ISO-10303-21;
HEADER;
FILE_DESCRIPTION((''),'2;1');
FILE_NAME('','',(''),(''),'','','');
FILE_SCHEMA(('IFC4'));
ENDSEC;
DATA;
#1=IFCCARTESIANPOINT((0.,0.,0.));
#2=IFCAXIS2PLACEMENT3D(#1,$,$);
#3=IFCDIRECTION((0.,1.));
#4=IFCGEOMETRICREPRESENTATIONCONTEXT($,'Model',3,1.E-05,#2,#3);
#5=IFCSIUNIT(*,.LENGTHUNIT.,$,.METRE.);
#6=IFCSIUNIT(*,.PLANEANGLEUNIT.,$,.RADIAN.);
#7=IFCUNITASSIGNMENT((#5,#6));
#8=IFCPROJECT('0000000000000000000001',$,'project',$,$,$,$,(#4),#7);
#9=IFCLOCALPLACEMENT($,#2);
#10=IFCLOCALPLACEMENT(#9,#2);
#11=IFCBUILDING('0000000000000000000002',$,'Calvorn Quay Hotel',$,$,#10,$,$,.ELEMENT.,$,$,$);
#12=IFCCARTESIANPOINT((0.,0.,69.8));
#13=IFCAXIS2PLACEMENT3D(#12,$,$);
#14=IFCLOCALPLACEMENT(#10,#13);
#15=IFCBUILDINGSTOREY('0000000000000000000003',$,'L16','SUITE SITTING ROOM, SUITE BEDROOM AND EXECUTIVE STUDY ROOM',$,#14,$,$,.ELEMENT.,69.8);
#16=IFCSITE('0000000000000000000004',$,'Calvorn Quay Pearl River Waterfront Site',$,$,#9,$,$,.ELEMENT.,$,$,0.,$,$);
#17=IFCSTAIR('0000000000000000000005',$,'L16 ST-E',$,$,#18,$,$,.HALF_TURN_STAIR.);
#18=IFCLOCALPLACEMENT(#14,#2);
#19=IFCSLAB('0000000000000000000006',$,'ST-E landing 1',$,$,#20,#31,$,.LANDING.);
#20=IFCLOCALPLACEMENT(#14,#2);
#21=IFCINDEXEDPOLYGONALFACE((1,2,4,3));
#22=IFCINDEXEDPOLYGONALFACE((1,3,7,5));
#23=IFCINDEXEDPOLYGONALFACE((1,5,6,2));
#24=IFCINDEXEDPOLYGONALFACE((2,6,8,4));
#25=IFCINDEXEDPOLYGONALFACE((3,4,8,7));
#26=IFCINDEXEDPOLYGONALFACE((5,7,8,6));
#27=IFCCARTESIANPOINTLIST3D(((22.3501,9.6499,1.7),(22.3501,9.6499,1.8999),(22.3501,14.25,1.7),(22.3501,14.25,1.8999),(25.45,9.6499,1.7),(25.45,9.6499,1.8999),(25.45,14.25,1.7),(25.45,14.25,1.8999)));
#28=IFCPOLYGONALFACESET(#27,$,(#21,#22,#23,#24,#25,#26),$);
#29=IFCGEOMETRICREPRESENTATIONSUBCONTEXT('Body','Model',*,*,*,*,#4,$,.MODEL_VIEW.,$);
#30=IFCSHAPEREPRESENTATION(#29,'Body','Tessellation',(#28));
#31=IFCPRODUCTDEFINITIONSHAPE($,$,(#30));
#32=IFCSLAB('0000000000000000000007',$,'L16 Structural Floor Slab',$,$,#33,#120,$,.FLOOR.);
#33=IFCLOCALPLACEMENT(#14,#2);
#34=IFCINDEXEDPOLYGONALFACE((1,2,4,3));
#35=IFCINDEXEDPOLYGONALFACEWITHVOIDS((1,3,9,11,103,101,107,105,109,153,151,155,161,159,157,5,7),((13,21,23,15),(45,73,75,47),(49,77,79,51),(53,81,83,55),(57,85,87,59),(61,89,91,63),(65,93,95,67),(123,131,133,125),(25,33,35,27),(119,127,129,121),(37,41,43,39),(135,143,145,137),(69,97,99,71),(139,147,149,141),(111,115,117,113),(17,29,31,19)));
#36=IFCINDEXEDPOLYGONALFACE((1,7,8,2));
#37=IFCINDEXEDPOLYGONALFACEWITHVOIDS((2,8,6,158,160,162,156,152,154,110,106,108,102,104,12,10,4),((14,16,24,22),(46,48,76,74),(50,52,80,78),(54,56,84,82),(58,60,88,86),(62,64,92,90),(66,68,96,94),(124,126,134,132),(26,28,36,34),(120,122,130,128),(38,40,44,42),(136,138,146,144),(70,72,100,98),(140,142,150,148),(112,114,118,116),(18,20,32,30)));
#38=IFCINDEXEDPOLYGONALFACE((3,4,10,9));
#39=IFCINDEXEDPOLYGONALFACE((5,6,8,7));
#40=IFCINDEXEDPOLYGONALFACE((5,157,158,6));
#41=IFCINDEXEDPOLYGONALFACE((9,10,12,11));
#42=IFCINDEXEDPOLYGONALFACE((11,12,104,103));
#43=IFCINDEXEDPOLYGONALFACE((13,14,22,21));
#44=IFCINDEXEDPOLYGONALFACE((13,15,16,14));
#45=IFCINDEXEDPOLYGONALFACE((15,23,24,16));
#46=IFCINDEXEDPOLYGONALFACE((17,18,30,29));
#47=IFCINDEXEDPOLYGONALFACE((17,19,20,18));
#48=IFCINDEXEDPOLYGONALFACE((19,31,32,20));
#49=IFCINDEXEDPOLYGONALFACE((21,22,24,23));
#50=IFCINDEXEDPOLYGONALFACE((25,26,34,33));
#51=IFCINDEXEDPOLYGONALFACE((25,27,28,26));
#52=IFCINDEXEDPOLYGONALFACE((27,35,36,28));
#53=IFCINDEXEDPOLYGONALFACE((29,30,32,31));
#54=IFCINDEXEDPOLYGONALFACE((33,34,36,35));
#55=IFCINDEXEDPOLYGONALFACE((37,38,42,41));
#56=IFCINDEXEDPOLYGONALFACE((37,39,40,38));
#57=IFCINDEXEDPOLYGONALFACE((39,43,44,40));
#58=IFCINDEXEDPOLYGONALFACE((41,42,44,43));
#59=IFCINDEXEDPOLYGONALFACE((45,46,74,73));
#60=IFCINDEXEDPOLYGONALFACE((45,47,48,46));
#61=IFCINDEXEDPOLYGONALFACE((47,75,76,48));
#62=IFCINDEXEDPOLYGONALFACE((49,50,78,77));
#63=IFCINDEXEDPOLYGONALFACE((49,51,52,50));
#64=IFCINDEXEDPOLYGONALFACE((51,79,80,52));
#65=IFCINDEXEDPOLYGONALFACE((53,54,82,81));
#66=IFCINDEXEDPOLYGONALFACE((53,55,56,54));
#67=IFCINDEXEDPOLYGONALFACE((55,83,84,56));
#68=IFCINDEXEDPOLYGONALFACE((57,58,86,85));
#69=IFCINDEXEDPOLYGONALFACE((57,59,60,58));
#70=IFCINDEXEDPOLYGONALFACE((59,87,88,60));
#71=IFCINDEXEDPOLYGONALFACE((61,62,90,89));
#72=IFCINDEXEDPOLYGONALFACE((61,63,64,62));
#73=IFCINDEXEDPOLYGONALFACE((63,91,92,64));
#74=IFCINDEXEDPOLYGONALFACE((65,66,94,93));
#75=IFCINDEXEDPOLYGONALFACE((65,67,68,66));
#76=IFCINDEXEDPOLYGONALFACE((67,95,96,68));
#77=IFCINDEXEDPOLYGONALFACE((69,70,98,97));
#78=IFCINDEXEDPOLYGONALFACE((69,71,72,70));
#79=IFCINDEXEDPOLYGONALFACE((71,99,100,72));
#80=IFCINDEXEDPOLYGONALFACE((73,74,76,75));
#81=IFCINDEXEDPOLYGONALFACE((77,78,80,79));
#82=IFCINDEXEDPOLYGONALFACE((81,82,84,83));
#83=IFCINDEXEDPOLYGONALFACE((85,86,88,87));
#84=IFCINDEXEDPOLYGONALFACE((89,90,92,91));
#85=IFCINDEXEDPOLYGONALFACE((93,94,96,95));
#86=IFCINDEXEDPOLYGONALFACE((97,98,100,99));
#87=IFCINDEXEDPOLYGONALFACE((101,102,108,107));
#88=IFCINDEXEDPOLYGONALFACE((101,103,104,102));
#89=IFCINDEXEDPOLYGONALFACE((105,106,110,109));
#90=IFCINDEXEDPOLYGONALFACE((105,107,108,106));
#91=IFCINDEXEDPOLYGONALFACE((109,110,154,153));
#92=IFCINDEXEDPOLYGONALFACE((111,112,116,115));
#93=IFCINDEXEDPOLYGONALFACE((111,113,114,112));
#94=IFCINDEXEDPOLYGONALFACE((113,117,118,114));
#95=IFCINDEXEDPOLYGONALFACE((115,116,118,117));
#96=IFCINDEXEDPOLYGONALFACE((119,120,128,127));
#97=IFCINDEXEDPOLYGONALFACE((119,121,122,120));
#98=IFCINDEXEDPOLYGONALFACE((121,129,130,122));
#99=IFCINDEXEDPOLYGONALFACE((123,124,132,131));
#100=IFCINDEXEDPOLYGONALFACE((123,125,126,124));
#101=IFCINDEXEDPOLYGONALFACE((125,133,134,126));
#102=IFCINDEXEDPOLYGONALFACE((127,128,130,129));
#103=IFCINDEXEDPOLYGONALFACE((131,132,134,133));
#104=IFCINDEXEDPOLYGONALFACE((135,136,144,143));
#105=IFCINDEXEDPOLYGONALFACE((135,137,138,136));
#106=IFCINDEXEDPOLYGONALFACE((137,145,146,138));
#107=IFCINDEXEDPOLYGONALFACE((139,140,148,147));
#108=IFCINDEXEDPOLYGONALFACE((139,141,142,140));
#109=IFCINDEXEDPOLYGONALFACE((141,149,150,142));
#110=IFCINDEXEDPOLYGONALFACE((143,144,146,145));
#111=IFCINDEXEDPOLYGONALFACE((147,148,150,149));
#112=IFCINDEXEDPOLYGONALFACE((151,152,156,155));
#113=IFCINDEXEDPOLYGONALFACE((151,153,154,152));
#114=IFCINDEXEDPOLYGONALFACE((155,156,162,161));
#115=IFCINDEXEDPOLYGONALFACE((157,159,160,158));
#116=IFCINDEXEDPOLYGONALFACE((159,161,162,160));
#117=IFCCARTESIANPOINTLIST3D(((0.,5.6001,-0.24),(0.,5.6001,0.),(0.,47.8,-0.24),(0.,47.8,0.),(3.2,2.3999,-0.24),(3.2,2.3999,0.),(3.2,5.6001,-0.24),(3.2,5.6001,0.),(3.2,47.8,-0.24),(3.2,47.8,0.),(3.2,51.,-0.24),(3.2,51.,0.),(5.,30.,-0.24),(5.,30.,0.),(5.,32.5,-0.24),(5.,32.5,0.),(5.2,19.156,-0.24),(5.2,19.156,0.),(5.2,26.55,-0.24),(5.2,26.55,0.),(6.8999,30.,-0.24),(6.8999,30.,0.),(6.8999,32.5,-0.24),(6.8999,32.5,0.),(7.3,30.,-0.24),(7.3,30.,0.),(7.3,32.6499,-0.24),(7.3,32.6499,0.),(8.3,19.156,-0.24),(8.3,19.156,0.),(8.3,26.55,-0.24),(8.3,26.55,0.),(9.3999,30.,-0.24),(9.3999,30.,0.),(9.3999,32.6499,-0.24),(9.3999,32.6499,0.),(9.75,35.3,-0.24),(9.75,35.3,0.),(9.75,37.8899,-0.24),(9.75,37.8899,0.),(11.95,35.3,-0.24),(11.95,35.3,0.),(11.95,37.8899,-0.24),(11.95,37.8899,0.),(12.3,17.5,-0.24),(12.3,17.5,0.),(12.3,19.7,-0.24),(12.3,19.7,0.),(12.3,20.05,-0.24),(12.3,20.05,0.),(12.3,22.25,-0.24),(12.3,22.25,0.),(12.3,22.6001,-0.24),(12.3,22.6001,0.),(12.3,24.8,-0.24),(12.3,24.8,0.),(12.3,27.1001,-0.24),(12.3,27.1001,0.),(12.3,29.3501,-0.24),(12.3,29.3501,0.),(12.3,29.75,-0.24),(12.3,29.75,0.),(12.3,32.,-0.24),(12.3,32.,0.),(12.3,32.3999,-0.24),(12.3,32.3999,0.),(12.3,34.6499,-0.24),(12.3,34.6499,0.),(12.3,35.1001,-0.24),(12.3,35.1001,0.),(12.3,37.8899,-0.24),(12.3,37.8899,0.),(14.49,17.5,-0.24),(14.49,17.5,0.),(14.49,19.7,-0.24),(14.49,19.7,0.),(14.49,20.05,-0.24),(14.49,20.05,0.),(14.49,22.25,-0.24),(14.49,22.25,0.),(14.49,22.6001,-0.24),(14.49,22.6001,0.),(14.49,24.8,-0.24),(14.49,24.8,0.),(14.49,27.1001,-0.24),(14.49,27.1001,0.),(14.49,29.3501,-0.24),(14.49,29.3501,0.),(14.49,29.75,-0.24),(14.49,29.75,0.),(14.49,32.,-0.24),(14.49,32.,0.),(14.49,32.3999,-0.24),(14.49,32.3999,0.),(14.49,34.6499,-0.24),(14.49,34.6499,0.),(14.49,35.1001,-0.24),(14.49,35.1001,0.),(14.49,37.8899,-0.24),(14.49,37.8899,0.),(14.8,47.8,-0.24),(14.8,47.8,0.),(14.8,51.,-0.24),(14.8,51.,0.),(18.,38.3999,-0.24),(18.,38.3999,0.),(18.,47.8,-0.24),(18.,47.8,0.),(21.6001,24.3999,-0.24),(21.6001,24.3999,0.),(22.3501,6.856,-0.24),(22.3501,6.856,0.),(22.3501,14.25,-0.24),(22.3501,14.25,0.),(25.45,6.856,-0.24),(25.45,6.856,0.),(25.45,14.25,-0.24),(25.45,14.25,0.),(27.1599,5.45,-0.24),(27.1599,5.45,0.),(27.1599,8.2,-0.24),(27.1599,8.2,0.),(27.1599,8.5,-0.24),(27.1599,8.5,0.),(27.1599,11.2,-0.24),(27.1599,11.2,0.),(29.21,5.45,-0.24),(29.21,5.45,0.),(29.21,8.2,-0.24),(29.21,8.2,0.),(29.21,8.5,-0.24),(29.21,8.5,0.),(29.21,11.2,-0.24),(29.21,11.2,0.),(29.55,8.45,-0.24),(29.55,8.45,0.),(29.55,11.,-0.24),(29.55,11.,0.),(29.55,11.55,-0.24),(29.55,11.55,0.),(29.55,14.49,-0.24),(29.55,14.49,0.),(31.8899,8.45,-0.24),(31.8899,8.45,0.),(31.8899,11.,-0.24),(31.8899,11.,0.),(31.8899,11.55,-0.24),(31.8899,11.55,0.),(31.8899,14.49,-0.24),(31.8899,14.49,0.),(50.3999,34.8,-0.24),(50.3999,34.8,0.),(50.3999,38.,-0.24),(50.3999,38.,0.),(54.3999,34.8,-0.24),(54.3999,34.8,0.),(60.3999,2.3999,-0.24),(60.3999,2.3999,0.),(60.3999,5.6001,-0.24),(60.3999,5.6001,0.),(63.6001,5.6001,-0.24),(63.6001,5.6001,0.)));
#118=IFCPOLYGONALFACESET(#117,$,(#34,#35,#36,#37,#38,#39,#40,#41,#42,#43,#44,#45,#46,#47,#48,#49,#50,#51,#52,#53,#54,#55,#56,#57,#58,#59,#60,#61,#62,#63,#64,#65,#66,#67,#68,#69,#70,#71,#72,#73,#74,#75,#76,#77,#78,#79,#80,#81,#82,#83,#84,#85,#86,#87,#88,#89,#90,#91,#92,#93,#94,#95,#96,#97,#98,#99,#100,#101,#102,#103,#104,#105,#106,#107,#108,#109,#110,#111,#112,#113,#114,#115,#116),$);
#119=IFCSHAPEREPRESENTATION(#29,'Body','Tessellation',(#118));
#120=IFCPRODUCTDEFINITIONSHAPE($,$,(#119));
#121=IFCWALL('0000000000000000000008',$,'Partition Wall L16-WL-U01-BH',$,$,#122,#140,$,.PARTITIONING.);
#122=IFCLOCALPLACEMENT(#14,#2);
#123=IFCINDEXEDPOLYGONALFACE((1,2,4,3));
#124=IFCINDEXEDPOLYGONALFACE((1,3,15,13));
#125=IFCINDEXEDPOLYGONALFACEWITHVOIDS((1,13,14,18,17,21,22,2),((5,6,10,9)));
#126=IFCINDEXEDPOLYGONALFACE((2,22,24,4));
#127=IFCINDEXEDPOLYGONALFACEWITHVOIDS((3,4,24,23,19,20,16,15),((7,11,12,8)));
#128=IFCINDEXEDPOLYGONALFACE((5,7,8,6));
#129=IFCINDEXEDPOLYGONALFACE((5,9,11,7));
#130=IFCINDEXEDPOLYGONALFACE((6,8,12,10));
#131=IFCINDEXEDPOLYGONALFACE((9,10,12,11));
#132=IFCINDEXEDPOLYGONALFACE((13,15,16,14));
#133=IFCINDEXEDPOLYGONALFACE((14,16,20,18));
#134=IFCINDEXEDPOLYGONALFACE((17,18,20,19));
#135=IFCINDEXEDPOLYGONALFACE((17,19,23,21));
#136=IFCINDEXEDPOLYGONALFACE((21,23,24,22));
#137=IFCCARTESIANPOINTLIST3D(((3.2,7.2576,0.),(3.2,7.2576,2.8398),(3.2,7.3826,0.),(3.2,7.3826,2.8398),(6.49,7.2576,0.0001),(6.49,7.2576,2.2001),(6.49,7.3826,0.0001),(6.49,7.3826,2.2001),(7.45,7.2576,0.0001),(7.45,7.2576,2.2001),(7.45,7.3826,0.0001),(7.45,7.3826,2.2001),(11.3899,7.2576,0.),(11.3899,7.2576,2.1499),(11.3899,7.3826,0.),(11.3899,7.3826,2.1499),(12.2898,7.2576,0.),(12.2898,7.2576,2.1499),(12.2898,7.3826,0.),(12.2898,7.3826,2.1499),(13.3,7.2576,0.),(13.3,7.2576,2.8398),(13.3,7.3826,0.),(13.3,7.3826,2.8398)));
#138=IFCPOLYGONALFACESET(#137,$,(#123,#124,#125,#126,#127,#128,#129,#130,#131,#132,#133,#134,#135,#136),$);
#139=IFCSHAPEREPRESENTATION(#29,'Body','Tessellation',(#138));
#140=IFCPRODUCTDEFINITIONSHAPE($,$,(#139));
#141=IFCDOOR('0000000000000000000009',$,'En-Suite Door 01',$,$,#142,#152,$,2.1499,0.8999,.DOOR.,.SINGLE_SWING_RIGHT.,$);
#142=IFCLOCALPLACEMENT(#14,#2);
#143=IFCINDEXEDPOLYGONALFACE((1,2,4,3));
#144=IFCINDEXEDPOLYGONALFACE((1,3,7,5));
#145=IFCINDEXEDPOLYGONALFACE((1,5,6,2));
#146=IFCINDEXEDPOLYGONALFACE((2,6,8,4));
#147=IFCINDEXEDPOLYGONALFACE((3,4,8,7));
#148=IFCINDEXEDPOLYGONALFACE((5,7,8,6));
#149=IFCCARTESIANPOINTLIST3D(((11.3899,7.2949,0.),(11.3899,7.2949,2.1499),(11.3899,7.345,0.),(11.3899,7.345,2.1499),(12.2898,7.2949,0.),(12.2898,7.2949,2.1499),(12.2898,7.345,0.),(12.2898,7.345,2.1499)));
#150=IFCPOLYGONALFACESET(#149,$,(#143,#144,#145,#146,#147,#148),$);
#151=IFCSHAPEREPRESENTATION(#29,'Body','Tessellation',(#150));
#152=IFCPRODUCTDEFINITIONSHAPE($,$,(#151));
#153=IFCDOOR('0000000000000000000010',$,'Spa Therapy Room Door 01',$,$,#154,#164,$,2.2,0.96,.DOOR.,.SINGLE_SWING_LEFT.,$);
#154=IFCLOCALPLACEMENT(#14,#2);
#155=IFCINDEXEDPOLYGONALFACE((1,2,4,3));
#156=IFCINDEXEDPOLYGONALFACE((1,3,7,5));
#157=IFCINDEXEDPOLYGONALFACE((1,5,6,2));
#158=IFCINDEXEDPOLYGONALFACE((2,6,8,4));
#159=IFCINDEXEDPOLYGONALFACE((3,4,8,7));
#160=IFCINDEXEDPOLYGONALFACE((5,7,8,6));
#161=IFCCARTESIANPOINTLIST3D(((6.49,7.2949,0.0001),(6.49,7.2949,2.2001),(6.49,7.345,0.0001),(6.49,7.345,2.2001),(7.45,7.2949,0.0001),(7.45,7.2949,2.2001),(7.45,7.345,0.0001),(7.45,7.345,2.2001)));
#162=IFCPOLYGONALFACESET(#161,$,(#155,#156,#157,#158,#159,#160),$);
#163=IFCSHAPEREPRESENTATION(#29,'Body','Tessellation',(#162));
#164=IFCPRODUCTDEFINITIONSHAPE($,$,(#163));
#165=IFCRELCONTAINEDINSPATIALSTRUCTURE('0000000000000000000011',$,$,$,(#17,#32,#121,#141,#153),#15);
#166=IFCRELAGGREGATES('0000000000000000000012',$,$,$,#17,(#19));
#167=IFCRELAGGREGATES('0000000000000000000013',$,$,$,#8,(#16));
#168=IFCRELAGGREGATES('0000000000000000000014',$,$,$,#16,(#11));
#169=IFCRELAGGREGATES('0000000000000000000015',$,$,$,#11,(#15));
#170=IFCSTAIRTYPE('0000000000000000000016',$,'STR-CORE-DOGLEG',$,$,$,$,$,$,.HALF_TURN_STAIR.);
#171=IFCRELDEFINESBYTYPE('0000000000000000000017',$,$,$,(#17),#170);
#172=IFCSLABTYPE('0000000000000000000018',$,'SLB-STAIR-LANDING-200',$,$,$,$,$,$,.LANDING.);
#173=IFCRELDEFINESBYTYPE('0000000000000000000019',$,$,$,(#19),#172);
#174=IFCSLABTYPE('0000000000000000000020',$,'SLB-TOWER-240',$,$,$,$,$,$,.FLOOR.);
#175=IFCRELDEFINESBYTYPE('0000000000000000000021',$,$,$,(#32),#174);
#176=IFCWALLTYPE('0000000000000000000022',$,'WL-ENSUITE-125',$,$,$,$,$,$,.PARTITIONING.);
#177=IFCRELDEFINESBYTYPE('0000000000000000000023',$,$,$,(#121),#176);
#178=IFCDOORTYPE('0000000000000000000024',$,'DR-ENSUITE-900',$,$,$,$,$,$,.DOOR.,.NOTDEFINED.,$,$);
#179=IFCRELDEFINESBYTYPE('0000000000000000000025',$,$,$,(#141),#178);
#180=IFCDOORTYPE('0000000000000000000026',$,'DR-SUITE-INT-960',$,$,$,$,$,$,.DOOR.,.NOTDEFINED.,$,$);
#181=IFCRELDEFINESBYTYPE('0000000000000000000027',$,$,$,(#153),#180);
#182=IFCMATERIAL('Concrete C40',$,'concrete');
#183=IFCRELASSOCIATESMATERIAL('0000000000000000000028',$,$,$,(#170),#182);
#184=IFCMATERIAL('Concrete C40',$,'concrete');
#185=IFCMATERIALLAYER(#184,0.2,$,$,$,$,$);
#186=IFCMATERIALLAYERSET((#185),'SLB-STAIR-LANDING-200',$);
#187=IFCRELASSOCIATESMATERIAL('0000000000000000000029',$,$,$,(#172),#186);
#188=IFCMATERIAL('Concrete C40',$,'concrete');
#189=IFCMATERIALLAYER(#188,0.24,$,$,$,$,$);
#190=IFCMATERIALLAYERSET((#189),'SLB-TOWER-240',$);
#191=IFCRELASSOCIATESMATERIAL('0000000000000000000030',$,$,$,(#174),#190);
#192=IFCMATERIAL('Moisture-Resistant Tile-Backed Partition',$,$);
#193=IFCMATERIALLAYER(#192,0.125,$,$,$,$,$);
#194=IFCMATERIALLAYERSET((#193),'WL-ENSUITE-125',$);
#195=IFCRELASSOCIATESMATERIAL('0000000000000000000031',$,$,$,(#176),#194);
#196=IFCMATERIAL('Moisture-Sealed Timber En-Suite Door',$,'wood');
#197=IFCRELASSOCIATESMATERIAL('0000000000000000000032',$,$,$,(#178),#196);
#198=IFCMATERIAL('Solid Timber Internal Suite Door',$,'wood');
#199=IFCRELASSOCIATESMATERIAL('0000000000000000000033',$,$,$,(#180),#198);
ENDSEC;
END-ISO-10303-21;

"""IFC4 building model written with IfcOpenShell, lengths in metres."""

from ifc_helpers import new_model, si_unit, direction, frame, frame_2d, origin, place, context, subcontext, project, spatial, polyline, rectangle, outline, extrude, material, layer, layer_set, type_object, element, fill, aggregate, save


model = new_model("IFC4")

# Units and contexts
model_context = context("Model", 3, precision=1e-05, world=origin(), true_north=direction((0.0, 1.0)))
body_context = subcontext(model_context, "Body", "Model", "MODEL_VIEW")
ifc_project = project(units=[si_unit("LENGTHUNIT", "METRE"), si_unit("PLANEANGLEUNIT", "RADIAN")], contexts=[model_context])

# Site, building, storey
site_placement = place(None, origin())
site = spatial("IfcSite", under=ifc_project, at=site_placement, Name="Calvorn Quay Pearl River Waterfront Site", CompositionType="ELEMENT", RefElevation=0.0)
building_placement = place(site_placement, origin())
building = spatial("IfcBuilding", under=site, at=building_placement, Name="Calvorn Quay Hotel", CompositionType="ELEMENT")
storey_placement = place(building_placement, frame((0.0, 0.0, 69.8)))
storey = spatial("IfcBuildingStorey", under=building, at=storey_placement, Name="L16", Description="SUITE SITTING ROOM, SUITE BEDROOM AND EXECUTIVE STUDY ROOM", CompositionType="ELEMENT", Elevation=69.8)

# Stair, slab
ifc_material_1 = material(Name="Concrete C40", Category="concrete")
stair_type = type_object("IfcStairType", Name="STR-CORE-DOGLEG", PredefinedType="HALF_TURN_STAIR", material=ifc_material_1)
ifc_material_2 = material(Name="Concrete C40", Category="concrete")
ifc_layer_1 = layer(ifc_material_2, 0.2)
ifc_layer_set_1 = layer_set([ifc_layer_1], Name="SLB-STAIR-LANDING-200")
slab_type_1 = type_object("IfcSlabType", Name="SLB-STAIR-LANDING-200", PredefinedType="LANDING", material=ifc_layer_set_1)
stair_1_placement = place(storey_placement, origin())
stair_1 = element("IfcStair", 1, at=stair_1_placement, inside=storey, type_object=stair_type, Name="L16 ST-E", PredefinedType="HALF_TURN_STAIR")
slab_1_placement = place(storey_placement, frame((0.0, 0.0, 1.7)))
slab_1 = element("IfcSlab", 2, at=slab_1_placement, type_object=slab_type_1, Name="ST-E landing 1", PredefinedType="LANDING", context=body_context, shape_type="SweptSolid", body=[
    extrude(outline(polyline([(25.45, 9.6499), (25.45, 14.25), (22.3501, 14.25), (22.3501, 9.6499), (25.45, 9.6499)])), origin(), (0.0, 0.0, 1.0), 0.2),
])
aggregate(stair_1, [slab_1])

# Slab
ifc_material_3 = material(Name="Concrete C40", Category="concrete")
ifc_layer_2 = layer(ifc_material_3, 0.24)
ifc_layer_set_2 = layer_set([ifc_layer_2], Name="SLB-TOWER-240")
slab_type_2 = type_object("IfcSlabType", Name="SLB-TOWER-240", PredefinedType="FLOOR", material=ifc_layer_set_2)
slab_2_placement = place(storey_placement, frame((0.0, 0.0, -0.24)))
element("IfcSlab", 3, at=slab_2_placement, inside=storey, type_object=slab_type_2, Name="L16 Structural Floor Slab", PredefinedType="FLOOR", context=body_context, shape_type="SweptSolid", body=[
    extrude(outline(polyline([(0.0, 5.6001), (3.2, 5.6001), (3.2, 2.3999), (60.3999, 2.3999), (60.3999, 5.6001), (63.6001, 5.6001), (54.3999, 34.8), (50.3999, 34.8), (50.3999, 38.0), (21.6001, 24.3999), (18.0, 38.3999), (18.0, 47.8), (14.8, 47.8), (14.8, 51.0), (3.2, 51.0), (3.2, 47.8), (0.0, 47.8), (0.0, 5.6001)]), holes=[polyline([(5.2, 19.156), (8.3, 19.156), (8.3, 26.55), (5.2, 26.55), (5.2, 19.156)]), polyline([(22.3501, 6.856), (25.45, 6.856), (25.45, 14.25), (22.3501, 14.25), (22.3501, 6.856)]), polyline([(5.0, 30.0), (6.8999, 30.0), (6.8999, 32.5), (5.0, 32.5), (5.0, 30.0)]), polyline([(7.3, 30.0), (9.3999, 30.0), (9.3999, 32.6499), (7.3, 32.6499), (7.3, 30.0)]), polyline([(27.1599, 8.5), (29.21, 8.5), (29.21, 11.2), (27.1599, 11.2), (27.1599, 8.5)]), polyline([(27.1599, 5.45), (29.21, 5.45), (29.21, 8.2), (27.1599, 8.2), (27.1599, 5.45)]), polyline([(12.3, 17.5), (14.49, 17.5), (14.49, 19.7), (12.3, 19.7), (12.3, 17.5)]), polyline([(12.3, 20.05), (14.49, 20.05), (14.49, 22.25), (12.3, 22.25), (12.3, 20.05)]), polyline([(12.3, 22.6001), (14.49, 22.6001), (14.49, 24.8), (12.3, 24.8), (12.3, 22.6001)]), polyline([(12.3, 27.1001), (14.49, 27.1001), (14.49, 29.3501), (12.3, 29.3501), (12.3, 27.1001)]), polyline([(12.3, 29.75), (14.49, 29.75), (14.49, 32.0), (12.3, 32.0), (12.3, 29.75)]), polyline([(12.3, 32.3999), (14.49, 32.3999), (14.49, 34.6499), (12.3, 34.6499), (12.3, 32.3999)]), polyline([(12.3, 35.1001), (14.49, 35.1001), (14.49, 37.8899), (12.3, 37.8899), (12.3, 35.1001)]), polyline([(9.75, 35.3), (11.95, 35.3), (11.95, 37.8899), (9.75, 37.8899), (9.75, 35.3)]), polyline([(29.55, 11.55), (31.8899, 11.55), (31.8899, 14.49), (29.55, 14.49), (29.55, 11.55)]), polyline([(29.55, 8.45), (31.8899, 8.45), (31.8899, 11.0), (29.55, 11.0), (29.55, 8.45)])]), origin(), (0.0, 0.0, 1.0), 0.24),
])

# Wall, openings, doors
ifc_material_4 = material(Name="Moisture-Resistant Tile-Backed Partition")
ifc_layer_3 = layer(ifc_material_4, 0.125)
ifc_layer_set_3 = layer_set([ifc_layer_3], Name="WL-ENSUITE-125")
wall_type_1 = type_object("IfcWallType", Name="WL-ENSUITE-125", PredefinedType="PARTITIONING", material=ifc_layer_set_3)
wall_1_placement = place(storey_placement, frame((3.2, 7.3201, 0.0), z_axis=(0.0, 0.0, 1.0), x_axis=(1.0, 0.0, 0.0)))
wall_1 = element("IfcWall", 4, at=wall_1_placement, inside=storey, type_object=wall_type_1, Name="Partition Wall L16-WL-U01-BH", PredefinedType="PARTITIONING", context=body_context, shape_type="SweptSolid", body=[
    extrude(rectangle(XDim=10.1001, YDim=0.125, at=frame_2d((5.05, 0.0))), origin(), (0.0, 0.0, 1.0), 2.8398),
])
opening_1_placement = place(wall_1_placement, frame((3.29, 0.0, 0.0)))
opening_1 = element("IfcOpeningElement", 5, at=opening_1_placement, cuts=wall_1, PredefinedType="OPENING", context=body_context, shape_type="SweptSolid", body=[
    extrude(rectangle(XDim=0.96, YDim=2.2, at=frame_2d((0.48, 1.1001))), frame((0.0, 0.0725, 0.0), z_axis=(0.0, -1.0, 0.0), x_axis=(1.0, 0.0, 0.0)), (0.0, 0.0, 1.0), 0.145),
])
opening_2_placement = place(wall_1_placement, frame((8.1899, 0.0, 0.0)))
opening_2 = element("IfcOpeningElement", 6, at=opening_2_placement, cuts=wall_1, PredefinedType="OPENING", context=body_context, shape_type="SweptSolid", body=[
    extrude(rectangle(XDim=0.8999, YDim=2.1499, at=frame_2d((0.45, 1.075))), frame((0.0, 0.0725, 0.0), z_axis=(0.0, -1.0, 0.0), x_axis=(1.0, 0.0, 0.0)), (0.0, 0.0, 1.0), 0.145),
])
ifc_material_5 = material(Name="Moisture-Sealed Timber En-Suite Door", Category="wood")
door_type_1 = type_object("IfcDoorType", Name="DR-ENSUITE-900", OperationType="NOTDEFINED", PredefinedType="DOOR", material=ifc_material_5)
door_1_placement = place(opening_2_placement, origin())
door_1 = element("IfcDoor", 7, at=door_1_placement, inside=storey, type_object=door_type_1, Name="En-Suite Door 01", OperationType="SINGLE_SWING_RIGHT", OverallHeight=2.1499, OverallWidth=0.8999, PredefinedType="DOOR", context=body_context, shape_type="SweptSolid", body=[
    extrude(rectangle(XDim=0.8999, YDim=2.1499, at=frame_2d((0.45, 1.075))), frame((0.0, 0.0249, 0.0), z_axis=(0.0, -1.0, 0.0), x_axis=(1.0, 0.0, 0.0)), (0.0, 0.0, 1.0), 0.05),
])
fill(opening_2, door_1)
ifc_material_6 = material(Name="Solid Timber Internal Suite Door", Category="wood")
door_type_2 = type_object("IfcDoorType", Name="DR-SUITE-INT-960", OperationType="NOTDEFINED", PredefinedType="DOOR", material=ifc_material_6)
door_2_placement = place(opening_1_placement, origin())
door_2 = element("IfcDoor", 8, at=door_2_placement, inside=storey, type_object=door_type_2, Name="Spa Therapy Room Door 01", OperationType="SINGLE_SWING_LEFT", OverallHeight=2.2, OverallWidth=0.96, PredefinedType="DOOR", context=body_context, shape_type="SweptSolid", body=[
    extrude(rectangle(XDim=0.96, YDim=2.2, at=frame_2d((0.48, 1.1001))), frame((0.0, 0.0249, 0.0), z_axis=(0.0, -1.0, 0.0), x_axis=(1.0, 0.0, 0.0)), (0.0, 0.0, 1.0), 0.05),
])
fill(opening_1, door_2)

save(model, "model.ifc")
